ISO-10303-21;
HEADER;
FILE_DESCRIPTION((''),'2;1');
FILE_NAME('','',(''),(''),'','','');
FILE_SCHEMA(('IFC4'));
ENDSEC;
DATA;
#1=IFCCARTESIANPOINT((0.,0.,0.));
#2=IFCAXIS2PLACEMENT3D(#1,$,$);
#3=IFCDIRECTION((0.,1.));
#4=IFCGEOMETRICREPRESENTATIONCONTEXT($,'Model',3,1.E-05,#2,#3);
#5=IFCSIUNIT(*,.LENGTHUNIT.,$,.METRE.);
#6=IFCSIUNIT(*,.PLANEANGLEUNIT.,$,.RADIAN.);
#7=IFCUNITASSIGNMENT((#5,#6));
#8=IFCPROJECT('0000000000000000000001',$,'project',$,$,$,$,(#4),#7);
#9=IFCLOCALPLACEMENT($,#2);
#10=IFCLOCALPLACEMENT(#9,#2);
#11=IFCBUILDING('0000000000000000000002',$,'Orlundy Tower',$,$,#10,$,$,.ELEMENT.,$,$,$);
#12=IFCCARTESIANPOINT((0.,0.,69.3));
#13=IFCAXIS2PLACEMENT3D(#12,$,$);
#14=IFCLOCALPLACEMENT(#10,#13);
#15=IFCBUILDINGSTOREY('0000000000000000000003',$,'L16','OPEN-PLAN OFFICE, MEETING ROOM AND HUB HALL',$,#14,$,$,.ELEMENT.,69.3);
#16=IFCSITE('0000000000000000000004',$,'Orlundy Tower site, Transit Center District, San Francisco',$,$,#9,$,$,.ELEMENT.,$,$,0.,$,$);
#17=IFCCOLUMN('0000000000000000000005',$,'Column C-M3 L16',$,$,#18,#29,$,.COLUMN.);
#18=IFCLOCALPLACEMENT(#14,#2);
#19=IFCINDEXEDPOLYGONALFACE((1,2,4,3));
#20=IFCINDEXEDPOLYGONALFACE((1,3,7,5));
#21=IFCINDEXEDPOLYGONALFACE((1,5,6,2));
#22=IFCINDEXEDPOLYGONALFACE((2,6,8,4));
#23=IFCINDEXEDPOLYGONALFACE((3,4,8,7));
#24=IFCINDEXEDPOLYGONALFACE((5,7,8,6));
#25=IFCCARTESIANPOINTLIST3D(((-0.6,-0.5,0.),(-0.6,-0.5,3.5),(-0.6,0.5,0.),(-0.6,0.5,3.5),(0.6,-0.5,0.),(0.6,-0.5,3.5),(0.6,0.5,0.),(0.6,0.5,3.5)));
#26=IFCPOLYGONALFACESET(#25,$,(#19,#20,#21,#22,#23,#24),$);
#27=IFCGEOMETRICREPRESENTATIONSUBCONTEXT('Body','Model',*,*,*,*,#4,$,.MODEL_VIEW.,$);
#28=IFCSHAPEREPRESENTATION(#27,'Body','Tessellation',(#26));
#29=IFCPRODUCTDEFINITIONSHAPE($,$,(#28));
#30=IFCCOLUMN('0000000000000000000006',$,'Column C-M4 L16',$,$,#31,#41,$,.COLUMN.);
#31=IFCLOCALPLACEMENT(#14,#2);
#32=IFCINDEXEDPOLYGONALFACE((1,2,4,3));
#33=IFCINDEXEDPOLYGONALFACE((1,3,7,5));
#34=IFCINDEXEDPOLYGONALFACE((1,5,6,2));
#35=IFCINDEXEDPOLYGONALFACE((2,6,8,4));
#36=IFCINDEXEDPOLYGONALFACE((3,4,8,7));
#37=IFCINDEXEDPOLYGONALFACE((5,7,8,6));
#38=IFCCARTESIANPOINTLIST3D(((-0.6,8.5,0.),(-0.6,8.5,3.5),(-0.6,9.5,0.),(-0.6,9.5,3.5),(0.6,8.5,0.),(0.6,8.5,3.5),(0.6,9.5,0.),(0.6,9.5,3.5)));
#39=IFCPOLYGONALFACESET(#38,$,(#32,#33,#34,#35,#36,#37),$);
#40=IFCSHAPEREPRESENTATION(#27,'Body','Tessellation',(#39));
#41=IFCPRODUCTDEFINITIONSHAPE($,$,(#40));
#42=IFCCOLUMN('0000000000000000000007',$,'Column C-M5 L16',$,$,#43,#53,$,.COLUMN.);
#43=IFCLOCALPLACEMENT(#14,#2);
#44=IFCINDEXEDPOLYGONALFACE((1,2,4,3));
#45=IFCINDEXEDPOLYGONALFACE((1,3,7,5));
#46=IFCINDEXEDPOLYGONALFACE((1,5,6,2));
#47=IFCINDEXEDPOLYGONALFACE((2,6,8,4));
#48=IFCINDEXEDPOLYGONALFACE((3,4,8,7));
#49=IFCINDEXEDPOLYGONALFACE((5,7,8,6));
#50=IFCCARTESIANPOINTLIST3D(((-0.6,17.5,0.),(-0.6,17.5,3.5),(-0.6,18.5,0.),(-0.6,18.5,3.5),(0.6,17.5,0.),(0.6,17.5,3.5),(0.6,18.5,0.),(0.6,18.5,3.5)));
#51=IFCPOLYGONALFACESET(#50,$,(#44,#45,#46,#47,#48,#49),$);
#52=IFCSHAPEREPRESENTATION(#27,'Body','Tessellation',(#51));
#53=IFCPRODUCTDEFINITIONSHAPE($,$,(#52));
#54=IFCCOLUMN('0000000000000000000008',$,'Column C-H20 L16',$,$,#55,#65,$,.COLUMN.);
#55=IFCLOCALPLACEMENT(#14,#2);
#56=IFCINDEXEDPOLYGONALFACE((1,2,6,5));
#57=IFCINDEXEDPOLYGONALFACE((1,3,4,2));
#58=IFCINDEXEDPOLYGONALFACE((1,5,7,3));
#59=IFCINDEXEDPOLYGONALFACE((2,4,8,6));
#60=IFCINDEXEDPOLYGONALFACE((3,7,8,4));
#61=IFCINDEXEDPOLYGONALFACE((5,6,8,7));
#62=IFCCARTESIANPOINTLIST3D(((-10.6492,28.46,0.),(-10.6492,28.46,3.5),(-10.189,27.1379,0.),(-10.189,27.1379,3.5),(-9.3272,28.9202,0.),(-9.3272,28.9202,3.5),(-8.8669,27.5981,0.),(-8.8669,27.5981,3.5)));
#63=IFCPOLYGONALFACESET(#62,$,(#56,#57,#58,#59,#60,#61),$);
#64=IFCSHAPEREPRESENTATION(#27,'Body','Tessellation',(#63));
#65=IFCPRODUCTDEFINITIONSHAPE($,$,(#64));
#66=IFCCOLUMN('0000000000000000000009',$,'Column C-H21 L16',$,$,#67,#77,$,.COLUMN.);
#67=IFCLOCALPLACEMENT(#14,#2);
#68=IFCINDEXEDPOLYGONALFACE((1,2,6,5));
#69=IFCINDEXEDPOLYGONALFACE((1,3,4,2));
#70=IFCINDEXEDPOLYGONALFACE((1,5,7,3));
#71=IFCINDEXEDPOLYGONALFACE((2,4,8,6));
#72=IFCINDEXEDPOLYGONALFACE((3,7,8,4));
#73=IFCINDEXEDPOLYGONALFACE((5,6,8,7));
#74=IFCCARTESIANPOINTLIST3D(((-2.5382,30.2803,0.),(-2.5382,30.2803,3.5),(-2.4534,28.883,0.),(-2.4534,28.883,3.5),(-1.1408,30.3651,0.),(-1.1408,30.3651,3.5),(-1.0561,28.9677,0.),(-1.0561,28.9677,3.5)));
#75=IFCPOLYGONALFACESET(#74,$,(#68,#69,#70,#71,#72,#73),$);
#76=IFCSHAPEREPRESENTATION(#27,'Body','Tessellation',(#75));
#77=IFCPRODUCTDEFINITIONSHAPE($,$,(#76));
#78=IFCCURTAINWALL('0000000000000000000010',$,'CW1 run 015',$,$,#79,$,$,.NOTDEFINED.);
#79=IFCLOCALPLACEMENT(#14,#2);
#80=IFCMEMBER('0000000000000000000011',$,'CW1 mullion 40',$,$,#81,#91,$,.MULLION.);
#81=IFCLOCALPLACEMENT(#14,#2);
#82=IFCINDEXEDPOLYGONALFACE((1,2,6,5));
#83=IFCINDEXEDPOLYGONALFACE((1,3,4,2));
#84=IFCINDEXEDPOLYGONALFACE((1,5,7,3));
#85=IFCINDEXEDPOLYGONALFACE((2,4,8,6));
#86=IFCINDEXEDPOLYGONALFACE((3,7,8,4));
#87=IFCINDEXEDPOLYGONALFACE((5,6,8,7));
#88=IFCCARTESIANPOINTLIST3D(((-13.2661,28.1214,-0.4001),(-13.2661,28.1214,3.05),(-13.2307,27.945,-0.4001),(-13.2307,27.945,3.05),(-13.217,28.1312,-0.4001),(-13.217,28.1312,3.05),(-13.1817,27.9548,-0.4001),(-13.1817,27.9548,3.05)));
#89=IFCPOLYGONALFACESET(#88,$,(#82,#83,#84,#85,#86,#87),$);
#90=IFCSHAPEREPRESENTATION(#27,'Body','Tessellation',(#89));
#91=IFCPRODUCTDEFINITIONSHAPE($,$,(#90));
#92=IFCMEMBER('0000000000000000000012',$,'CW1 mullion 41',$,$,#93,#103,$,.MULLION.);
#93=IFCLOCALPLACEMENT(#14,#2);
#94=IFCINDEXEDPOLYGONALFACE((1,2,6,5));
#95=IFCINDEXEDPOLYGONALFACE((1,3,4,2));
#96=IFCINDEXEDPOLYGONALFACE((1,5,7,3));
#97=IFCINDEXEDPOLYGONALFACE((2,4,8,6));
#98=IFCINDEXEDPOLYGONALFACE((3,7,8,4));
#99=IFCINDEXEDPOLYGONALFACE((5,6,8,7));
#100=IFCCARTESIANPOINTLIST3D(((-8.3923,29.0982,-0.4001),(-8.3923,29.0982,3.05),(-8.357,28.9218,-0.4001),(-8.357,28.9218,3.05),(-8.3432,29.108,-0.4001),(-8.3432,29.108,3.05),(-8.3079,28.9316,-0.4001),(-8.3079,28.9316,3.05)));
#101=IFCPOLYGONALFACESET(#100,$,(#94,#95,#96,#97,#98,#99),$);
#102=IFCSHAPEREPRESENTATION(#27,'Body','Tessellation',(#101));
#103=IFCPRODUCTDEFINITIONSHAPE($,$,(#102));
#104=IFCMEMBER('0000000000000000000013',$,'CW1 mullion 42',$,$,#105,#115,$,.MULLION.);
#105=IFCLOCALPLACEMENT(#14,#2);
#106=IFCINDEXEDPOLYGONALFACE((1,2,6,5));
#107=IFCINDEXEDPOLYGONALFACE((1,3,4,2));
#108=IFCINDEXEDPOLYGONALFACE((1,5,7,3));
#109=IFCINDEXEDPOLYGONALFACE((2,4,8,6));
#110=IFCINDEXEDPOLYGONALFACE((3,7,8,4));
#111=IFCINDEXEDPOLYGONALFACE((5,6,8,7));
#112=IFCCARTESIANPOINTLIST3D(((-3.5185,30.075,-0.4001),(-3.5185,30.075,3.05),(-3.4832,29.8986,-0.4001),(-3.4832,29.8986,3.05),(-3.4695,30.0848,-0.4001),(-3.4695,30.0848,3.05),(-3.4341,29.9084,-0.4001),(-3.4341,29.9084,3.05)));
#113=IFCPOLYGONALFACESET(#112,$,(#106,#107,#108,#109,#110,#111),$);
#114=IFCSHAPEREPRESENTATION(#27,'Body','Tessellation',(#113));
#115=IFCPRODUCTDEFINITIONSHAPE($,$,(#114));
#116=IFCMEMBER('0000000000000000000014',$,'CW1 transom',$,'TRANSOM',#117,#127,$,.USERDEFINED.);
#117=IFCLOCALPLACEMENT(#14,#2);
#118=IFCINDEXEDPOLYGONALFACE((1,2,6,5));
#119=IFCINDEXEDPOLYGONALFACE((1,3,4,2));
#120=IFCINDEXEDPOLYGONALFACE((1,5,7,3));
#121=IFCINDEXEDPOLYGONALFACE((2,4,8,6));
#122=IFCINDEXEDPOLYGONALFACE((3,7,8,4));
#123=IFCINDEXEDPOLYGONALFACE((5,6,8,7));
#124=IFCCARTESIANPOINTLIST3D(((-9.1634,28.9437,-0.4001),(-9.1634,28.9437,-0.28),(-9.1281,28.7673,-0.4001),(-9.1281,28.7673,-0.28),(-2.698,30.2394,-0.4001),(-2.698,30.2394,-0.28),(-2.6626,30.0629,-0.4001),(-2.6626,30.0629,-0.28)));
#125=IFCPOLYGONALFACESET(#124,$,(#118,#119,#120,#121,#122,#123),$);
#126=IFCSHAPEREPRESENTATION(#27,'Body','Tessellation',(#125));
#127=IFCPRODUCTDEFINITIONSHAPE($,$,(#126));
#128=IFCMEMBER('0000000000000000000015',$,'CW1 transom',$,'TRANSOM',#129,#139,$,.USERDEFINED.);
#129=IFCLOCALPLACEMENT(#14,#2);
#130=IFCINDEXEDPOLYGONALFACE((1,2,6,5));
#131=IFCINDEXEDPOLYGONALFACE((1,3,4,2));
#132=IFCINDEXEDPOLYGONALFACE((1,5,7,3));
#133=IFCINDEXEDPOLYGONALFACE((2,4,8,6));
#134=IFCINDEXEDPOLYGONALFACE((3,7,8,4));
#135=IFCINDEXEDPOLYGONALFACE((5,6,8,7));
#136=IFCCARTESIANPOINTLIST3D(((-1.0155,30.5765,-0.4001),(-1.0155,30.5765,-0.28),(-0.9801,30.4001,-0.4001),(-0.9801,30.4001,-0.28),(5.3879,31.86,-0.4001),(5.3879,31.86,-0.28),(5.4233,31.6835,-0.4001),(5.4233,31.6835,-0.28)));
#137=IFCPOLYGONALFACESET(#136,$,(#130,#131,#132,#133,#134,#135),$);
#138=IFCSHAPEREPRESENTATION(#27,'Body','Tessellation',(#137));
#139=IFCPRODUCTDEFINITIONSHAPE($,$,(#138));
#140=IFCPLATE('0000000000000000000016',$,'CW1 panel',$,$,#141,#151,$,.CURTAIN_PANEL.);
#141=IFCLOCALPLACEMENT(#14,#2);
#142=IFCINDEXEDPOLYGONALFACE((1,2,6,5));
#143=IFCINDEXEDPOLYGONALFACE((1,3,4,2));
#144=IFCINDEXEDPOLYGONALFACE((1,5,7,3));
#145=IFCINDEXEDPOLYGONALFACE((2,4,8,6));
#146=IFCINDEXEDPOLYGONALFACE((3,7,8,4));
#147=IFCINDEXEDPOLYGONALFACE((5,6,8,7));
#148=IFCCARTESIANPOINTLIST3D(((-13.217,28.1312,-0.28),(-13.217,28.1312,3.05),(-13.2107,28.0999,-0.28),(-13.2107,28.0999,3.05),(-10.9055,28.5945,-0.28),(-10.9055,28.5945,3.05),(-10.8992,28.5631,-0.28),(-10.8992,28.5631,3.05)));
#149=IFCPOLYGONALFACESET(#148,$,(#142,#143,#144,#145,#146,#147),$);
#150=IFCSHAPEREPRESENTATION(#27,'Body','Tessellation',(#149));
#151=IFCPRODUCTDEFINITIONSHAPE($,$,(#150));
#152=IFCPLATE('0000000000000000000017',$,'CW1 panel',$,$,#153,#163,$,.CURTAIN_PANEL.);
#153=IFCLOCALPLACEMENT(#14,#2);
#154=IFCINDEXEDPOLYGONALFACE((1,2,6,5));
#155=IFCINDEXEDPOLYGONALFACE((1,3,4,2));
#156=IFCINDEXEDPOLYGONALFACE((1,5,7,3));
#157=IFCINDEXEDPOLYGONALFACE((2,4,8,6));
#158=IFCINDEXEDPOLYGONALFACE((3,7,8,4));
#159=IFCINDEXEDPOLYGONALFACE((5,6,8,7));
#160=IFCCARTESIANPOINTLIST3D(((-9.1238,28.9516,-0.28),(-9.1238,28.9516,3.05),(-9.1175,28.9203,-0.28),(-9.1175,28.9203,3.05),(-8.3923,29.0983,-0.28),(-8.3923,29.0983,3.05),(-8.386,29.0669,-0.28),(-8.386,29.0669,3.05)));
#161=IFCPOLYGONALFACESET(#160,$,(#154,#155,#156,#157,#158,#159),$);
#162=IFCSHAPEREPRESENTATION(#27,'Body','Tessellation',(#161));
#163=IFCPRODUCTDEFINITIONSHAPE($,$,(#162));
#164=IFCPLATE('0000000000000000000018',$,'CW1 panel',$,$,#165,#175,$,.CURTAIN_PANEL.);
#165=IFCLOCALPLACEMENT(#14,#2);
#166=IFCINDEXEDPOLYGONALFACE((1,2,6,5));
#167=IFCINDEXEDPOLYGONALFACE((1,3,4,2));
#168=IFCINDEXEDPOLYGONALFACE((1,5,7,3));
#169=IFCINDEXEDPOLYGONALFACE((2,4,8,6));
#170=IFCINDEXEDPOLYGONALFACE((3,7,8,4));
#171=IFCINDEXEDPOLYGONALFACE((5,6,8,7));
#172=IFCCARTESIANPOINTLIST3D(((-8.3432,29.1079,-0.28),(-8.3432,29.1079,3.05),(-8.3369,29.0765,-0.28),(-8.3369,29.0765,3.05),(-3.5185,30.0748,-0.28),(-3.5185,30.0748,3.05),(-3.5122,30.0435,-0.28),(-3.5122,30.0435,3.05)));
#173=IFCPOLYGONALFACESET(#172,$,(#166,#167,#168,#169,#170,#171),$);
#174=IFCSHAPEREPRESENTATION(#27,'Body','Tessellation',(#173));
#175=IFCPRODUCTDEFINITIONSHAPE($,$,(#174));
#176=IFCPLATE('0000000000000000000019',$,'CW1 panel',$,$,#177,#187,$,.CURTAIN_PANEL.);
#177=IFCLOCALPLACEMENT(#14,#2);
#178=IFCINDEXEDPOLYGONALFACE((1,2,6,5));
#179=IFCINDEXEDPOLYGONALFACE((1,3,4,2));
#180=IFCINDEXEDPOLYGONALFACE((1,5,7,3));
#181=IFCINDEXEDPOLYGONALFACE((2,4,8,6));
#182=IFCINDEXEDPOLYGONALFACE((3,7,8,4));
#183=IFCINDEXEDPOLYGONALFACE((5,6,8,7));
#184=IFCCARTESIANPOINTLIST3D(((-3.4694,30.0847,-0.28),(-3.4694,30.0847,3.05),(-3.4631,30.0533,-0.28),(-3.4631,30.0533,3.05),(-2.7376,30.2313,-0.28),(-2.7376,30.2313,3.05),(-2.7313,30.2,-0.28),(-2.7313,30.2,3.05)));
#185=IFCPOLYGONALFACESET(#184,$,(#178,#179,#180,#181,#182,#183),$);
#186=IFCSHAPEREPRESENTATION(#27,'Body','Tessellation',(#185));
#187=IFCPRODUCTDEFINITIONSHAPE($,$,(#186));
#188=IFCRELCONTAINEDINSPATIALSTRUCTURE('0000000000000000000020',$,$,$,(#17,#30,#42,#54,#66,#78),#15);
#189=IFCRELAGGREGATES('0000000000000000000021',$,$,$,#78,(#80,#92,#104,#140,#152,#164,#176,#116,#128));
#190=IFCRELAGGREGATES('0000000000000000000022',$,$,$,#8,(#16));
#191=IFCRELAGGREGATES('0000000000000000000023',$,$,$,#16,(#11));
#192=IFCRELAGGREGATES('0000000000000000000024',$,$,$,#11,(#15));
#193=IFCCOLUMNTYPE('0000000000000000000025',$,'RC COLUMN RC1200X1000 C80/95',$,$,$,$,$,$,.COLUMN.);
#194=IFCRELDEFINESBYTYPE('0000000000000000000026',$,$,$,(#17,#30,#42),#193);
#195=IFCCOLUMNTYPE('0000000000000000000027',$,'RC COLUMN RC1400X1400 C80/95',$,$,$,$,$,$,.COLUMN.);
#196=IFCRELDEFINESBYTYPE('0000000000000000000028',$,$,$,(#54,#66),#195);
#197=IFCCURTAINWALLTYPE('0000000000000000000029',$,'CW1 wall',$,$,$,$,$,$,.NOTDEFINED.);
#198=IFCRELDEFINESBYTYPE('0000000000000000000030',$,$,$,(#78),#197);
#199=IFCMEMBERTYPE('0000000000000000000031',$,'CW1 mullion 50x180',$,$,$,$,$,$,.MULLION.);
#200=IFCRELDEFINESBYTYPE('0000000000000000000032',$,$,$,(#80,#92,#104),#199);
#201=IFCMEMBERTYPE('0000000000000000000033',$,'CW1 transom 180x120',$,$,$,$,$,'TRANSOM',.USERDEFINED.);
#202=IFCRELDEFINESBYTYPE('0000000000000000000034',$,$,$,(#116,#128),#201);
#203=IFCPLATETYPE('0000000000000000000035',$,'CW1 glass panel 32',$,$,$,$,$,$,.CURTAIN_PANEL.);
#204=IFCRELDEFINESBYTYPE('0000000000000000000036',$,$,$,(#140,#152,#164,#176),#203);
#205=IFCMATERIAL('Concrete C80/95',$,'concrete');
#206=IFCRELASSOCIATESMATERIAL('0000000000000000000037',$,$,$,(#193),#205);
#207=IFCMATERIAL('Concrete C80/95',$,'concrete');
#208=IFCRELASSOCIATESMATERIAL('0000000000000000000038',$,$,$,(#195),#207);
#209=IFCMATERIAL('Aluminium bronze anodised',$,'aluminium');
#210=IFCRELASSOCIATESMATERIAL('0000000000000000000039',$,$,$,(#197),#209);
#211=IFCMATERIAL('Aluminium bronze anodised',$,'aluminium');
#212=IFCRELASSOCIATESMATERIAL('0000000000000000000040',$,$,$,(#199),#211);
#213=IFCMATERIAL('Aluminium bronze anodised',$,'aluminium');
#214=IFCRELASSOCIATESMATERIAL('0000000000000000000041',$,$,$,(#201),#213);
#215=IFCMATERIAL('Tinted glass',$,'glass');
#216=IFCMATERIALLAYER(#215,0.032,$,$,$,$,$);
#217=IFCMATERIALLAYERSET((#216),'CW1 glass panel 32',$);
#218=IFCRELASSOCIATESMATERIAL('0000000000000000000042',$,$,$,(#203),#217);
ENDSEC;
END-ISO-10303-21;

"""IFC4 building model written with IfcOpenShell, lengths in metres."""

from ifc_helpers import new_model, si_unit, direction, frame, origin, origin_2d, place, context, subcontext, project, spatial, rectangle, extrude, material, layer, layer_set, material_profile, profile_set, type_object, element, aggregate, save


model = new_model("IFC4")

# Units and contexts
model_context = context("Model", 3, precision=1e-05, world=origin(), true_north=direction((0.0, 1.0)))
body_context = subcontext(model_context, "Body", "Model", "MODEL_VIEW")
ifc_project = project(units=[si_unit("LENGTHUNIT", "METRE"), si_unit("PLANEANGLEUNIT", "RADIAN")], contexts=[model_context])

# Site, building, storey
site_placement = place(None, origin())
site = spatial("IfcSite", under=ifc_project, at=site_placement, Name="Orlundy Tower site, Transit Center District, San Francisco", CompositionType="ELEMENT", RefElevation=0.0)
building_placement = place(site_placement, origin())
building = spatial("IfcBuilding", under=site, at=building_placement, Name="Orlundy Tower", CompositionType="ELEMENT")
storey_placement = place(building_placement, frame((0.0, 0.0, 69.3)))
storey = spatial("IfcBuildingStorey", under=building, at=storey_placement, Name="L16", Description="OPEN-PLAN OFFICE, MEETING ROOM AND HUB HALL", CompositionType="ELEMENT", Elevation=69.3)

# Columns
ifc_material_1 = material(Name="Concrete C80/95", Category="concrete")
ifc_material_profile_1 = material_profile(ifc_material_1, rectangle(XDim=1.2, YDim=1.0, at=origin_2d()), Name="RC1200X1000")
ifc_profile_set_1 = profile_set([ifc_material_profile_1], Name="Concrete C80/95")
column_type_1 = type_object("IfcColumnType", Name="RC COLUMN RC1200X1000 C80/95", PredefinedType="COLUMN", material=ifc_profile_set_1)
for number, where, z_axis, x_axis, name in (
    (1, (0.0, 0.0, 0.0), (0.0, 0.0, 1.0), (1.0, 0.0, 0.0), "Column C-M3 L16"),
    (2, (0.0, 9.0, 0.0), (0.0, 0.0, 1.0), (1.0, 0.0, 0.0), "Column C-M4 L16"),
    (3, (0.0, 18.0, 0.0), (0.0, 0.0, 1.0), (1.0, 0.0, 0.0), "Column C-M5 L16"),
):
    element("IfcColumn", number, at=place(storey_placement, frame(where, z_axis=z_axis, x_axis=x_axis)), inside=storey, type_object=column_type_1, Name=name, PredefinedType="COLUMN", context=body_context, shape_type="SweptSolid", body=[
        extrude(rectangle(XDim=1.2, YDim=1.0, at=origin_2d()), origin(), (0.0, 0.0, 1.0), 3.5),
    ])
ifc_material_2 = material(Name="Concrete C80/95", Category="concrete")
ifc_material_profile_2 = material_profile(ifc_material_2, rectangle(XDim=1.3999, YDim=1.3999, at=origin_2d()), Name="RC1400X1400")
ifc_profile_set_2 = profile_set([ifc_material_profile_2], Name="Concrete C80/95")
column_type_2 = type_object("IfcColumnType", Name="RC COLUMN RC1400X1400 C80/95", PredefinedType="COLUMN", material=ifc_profile_set_2)
for number, where, z_axis, x_axis, name in (
    (4, (-9.7581, 28.0291, 0.0), (0.0, 0.0, 1.0), (-0.328784, 0.944405, 0.0), "Column C-H20 L16"),
    (5, (-1.7971, 29.624, 0.0), (0.0, 0.0, 1.0), (-0.060543, 0.998166, 0.0), "Column C-H21 L16"),
):
    element("IfcColumn", number, at=place(storey_placement, frame(where, z_axis=z_axis, x_axis=x_axis)), inside=storey, type_object=column_type_2, Name=name, PredefinedType="COLUMN", context=body_context, shape_type="SweptSolid", body=[
        extrude(rectangle(XDim=1.3999, YDim=1.3999, at=origin_2d()), origin(), (0.0, 0.0, 1.0), 3.5),
    ])

# Curtain wall, members, plates
ifc_material_3 = material(Name="Aluminium bronze anodised", Category="aluminium")
curtain_wall_type = type_object("IfcCurtainWallType", Name="CW1 wall", PredefinedType="NOTDEFINED", material=ifc_material_3)
curtain_wall_placement = place(storey_placement, origin())
curtain_wall = element("IfcCurtainWall", 6, at=curtain_wall_placement, inside=storey, type_object=curtain_wall_type, Name="CW1 run 015", PredefinedType="NOTDEFINED")
ifc_material_4 = material(Name="Aluminium bronze anodised", Category="aluminium")
ifc_material_profile_3 = material_profile(ifc_material_4, rectangle(XDim=0.1799, YDim=0.05, at=origin_2d()), Name="CW1 mullion 50x180")
ifc_profile_set_3 = profile_set([ifc_material_profile_3], Name="Aluminium bronze anodised")
member_type_1 = type_object("IfcMemberType", Name="CW1 mullion 50x180", PredefinedType="MULLION", material=ifc_profile_set_3)
member_1_placement = place(storey_placement, frame((-13.2239, 28.0381, -0.4001), z_axis=(0.0, 0.0, 1.0), x_axis=(-0.196511, 0.980502, 0.0)))
member_1 = element("IfcMember", 7, at=member_1_placement, type_object=member_type_1, Name="CW1 mullion 40", PredefinedType="MULLION", context=body_context, shape_type="SweptSolid", body=[
    extrude(rectangle(XDim=0.1799, YDim=0.05, at=origin_2d()), origin(), (0.0, 0.0, 1.0), 3.4502),
])
member_2_placement = place(storey_placement, frame((-8.3501, 29.0149, -0.4001), z_axis=(0.0, 0.0, 1.0), x_axis=(-0.196511, 0.980502, 0.0)))
member_2 = element("IfcMember", 8, at=member_2_placement, type_object=member_type_1, Name="CW1 mullion 41", PredefinedType="MULLION", context=body_context, shape_type="SweptSolid", body=[
    extrude(rectangle(XDim=0.1799, YDim=0.05, at=origin_2d()), origin(), (0.0, 0.0, 1.0), 3.4502),
])
member_3_placement = place(storey_placement, frame((-3.4763, 29.9917, -0.4001), z_axis=(0.0, 0.0, 1.0), x_axis=(-0.196511, 0.980502, 0.0)))
member_3 = element("IfcMember", 9, at=member_3_placement, type_object=member_type_1, Name="CW1 mullion 42", PredefinedType="MULLION", context=body_context, shape_type="SweptSolid", body=[
    extrude(rectangle(XDim=0.1799, YDim=0.05, at=origin_2d()), origin(), (0.0, 0.0, 1.0), 3.4502),
])
ifc_material_5 = material(Name="Aluminium bronze anodised", Category="aluminium")
ifc_material_profile_4 = material_profile(ifc_material_5, rectangle(XDim=0.1799, YDim=0.1201, at=origin_2d()), Name="CW1 transom 180x120")
ifc_profile_set_4 = profile_set([ifc_material_profile_4], Name="Aluminium bronze anodised")
member_type_2 = type_object("IfcMemberType", Name="CW1 transom 180x120", ElementType="TRANSOM", PredefinedType="USERDEFINED", material=ifc_profile_set_4)
member_4_placement = place(storey_placement, frame((-9.1458, 28.8555, -0.3401), z_axis=(0.980505, 0.196493, 0.0), x_axis=(-0.196493, 0.980505, 0.0)))
member_4 = element("IfcMember", 10, at=member_4_placement, type_object=member_type_2, Name="CW1 transom", ObjectType="TRANSOM", PredefinedType="USERDEFINED", context=body_context, shape_type="SweptSolid", body=[
    extrude(rectangle(XDim=0.1799, YDim=0.1201, at=origin_2d()), origin(), (0.0, 0.0, 1.0), 6.594),
])
member_5_placement = place(storey_placement, frame((-0.9978, 30.4883, -0.3401), z_axis=(0.980499, 0.196526, 0.0), x_axis=(-0.196526, 0.980499, 0.0)))
member_5 = element("IfcMember", 11, at=member_5_placement, type_object=member_type_2, Name="CW1 transom", ObjectType="TRANSOM", PredefinedType="USERDEFINED", context=body_context, shape_type="SweptSolid", body=[
    extrude(rectangle(XDim=0.1799, YDim=0.1201, at=origin_2d()), origin(), (0.0, 0.0, 1.0), 6.5308),
])
ifc_material_6 = material(Name="Tinted glass", Category="glass")
ifc_layer_1 = layer(ifc_material_6, 0.032)
ifc_layer_set_1 = layer_set([ifc_layer_1], Name="CW1 glass panel 32")
plate_type = type_object("IfcPlateType", Name="CW1 glass panel 32", PredefinedType="CURTAIN_PANEL", material=ifc_layer_set_1)
plate_1_placement = place(storey_placement, frame((-12.0581, 28.3472, -0.28), z_axis=(0.0, 0.0, 1.0), x_axis=(0.980502, 0.196511, 0.0)))
plate_1 = element("IfcPlate", 12, at=plate_1_placement, type_object=plate_type, Name="CW1 panel", PredefinedType="CURTAIN_PANEL", context=body_context, shape_type="SweptSolid", body=[
    extrude(rectangle(XDim=2.3574, YDim=0.032, at=origin_2d()), origin(), (0.0, 0.0, 1.0), 3.3301),
])
plate_2_placement = place(storey_placement, frame((-8.7549, 29.0093, -0.28), z_axis=(0.0, 0.0, 1.0), x_axis=(0.980502, 0.196511, 0.0)))
plate_2 = element("IfcPlate", 13, at=plate_2_placement, type_object=plate_type, Name="CW1 panel", PredefinedType="CURTAIN_PANEL", context=body_context, shape_type="SweptSolid", body=[
    extrude(rectangle(XDim=0.7461, YDim=0.032, at=origin_2d()), origin(), (0.0, 0.0, 1.0), 3.3301),
])
plate_3_placement = place(storey_placement, frame((-5.9277, 29.5757, -0.28), z_axis=(0.0, 0.0, 1.0), x_axis=(0.980502, 0.196511, 0.0)))
plate_3 = element("IfcPlate", 14, at=plate_3_placement, type_object=plate_type, Name="CW1 panel", PredefinedType="CURTAIN_PANEL", context=body_context, shape_type="SweptSolid", body=[
    extrude(rectangle(XDim=4.9207, YDim=0.032, at=origin_2d()), origin(), (0.0, 0.0, 1.0), 3.3301),
])
plate_4_placement = place(storey_placement, frame((-3.1003, 30.1423, -0.28), z_axis=(0.0, 0.0, 1.0), x_axis=(0.980502, 0.196511, 0.0)))
plate_4 = element("IfcPlate", 15, at=plate_4_placement, type_object=plate_type, Name="CW1 panel", PredefinedType="CURTAIN_PANEL", context=body_context, shape_type="SweptSolid", body=[
    extrude(rectangle(XDim=0.7463, YDim=0.032, at=origin_2d()), origin(), (0.0, 0.0, 1.0), 3.3301),
])
aggregate(curtain_wall, [member_1, member_2, member_3, plate_1, plate_2, plate_3, plate_4, member_4, member_5])

save(model, "model.ifc")
